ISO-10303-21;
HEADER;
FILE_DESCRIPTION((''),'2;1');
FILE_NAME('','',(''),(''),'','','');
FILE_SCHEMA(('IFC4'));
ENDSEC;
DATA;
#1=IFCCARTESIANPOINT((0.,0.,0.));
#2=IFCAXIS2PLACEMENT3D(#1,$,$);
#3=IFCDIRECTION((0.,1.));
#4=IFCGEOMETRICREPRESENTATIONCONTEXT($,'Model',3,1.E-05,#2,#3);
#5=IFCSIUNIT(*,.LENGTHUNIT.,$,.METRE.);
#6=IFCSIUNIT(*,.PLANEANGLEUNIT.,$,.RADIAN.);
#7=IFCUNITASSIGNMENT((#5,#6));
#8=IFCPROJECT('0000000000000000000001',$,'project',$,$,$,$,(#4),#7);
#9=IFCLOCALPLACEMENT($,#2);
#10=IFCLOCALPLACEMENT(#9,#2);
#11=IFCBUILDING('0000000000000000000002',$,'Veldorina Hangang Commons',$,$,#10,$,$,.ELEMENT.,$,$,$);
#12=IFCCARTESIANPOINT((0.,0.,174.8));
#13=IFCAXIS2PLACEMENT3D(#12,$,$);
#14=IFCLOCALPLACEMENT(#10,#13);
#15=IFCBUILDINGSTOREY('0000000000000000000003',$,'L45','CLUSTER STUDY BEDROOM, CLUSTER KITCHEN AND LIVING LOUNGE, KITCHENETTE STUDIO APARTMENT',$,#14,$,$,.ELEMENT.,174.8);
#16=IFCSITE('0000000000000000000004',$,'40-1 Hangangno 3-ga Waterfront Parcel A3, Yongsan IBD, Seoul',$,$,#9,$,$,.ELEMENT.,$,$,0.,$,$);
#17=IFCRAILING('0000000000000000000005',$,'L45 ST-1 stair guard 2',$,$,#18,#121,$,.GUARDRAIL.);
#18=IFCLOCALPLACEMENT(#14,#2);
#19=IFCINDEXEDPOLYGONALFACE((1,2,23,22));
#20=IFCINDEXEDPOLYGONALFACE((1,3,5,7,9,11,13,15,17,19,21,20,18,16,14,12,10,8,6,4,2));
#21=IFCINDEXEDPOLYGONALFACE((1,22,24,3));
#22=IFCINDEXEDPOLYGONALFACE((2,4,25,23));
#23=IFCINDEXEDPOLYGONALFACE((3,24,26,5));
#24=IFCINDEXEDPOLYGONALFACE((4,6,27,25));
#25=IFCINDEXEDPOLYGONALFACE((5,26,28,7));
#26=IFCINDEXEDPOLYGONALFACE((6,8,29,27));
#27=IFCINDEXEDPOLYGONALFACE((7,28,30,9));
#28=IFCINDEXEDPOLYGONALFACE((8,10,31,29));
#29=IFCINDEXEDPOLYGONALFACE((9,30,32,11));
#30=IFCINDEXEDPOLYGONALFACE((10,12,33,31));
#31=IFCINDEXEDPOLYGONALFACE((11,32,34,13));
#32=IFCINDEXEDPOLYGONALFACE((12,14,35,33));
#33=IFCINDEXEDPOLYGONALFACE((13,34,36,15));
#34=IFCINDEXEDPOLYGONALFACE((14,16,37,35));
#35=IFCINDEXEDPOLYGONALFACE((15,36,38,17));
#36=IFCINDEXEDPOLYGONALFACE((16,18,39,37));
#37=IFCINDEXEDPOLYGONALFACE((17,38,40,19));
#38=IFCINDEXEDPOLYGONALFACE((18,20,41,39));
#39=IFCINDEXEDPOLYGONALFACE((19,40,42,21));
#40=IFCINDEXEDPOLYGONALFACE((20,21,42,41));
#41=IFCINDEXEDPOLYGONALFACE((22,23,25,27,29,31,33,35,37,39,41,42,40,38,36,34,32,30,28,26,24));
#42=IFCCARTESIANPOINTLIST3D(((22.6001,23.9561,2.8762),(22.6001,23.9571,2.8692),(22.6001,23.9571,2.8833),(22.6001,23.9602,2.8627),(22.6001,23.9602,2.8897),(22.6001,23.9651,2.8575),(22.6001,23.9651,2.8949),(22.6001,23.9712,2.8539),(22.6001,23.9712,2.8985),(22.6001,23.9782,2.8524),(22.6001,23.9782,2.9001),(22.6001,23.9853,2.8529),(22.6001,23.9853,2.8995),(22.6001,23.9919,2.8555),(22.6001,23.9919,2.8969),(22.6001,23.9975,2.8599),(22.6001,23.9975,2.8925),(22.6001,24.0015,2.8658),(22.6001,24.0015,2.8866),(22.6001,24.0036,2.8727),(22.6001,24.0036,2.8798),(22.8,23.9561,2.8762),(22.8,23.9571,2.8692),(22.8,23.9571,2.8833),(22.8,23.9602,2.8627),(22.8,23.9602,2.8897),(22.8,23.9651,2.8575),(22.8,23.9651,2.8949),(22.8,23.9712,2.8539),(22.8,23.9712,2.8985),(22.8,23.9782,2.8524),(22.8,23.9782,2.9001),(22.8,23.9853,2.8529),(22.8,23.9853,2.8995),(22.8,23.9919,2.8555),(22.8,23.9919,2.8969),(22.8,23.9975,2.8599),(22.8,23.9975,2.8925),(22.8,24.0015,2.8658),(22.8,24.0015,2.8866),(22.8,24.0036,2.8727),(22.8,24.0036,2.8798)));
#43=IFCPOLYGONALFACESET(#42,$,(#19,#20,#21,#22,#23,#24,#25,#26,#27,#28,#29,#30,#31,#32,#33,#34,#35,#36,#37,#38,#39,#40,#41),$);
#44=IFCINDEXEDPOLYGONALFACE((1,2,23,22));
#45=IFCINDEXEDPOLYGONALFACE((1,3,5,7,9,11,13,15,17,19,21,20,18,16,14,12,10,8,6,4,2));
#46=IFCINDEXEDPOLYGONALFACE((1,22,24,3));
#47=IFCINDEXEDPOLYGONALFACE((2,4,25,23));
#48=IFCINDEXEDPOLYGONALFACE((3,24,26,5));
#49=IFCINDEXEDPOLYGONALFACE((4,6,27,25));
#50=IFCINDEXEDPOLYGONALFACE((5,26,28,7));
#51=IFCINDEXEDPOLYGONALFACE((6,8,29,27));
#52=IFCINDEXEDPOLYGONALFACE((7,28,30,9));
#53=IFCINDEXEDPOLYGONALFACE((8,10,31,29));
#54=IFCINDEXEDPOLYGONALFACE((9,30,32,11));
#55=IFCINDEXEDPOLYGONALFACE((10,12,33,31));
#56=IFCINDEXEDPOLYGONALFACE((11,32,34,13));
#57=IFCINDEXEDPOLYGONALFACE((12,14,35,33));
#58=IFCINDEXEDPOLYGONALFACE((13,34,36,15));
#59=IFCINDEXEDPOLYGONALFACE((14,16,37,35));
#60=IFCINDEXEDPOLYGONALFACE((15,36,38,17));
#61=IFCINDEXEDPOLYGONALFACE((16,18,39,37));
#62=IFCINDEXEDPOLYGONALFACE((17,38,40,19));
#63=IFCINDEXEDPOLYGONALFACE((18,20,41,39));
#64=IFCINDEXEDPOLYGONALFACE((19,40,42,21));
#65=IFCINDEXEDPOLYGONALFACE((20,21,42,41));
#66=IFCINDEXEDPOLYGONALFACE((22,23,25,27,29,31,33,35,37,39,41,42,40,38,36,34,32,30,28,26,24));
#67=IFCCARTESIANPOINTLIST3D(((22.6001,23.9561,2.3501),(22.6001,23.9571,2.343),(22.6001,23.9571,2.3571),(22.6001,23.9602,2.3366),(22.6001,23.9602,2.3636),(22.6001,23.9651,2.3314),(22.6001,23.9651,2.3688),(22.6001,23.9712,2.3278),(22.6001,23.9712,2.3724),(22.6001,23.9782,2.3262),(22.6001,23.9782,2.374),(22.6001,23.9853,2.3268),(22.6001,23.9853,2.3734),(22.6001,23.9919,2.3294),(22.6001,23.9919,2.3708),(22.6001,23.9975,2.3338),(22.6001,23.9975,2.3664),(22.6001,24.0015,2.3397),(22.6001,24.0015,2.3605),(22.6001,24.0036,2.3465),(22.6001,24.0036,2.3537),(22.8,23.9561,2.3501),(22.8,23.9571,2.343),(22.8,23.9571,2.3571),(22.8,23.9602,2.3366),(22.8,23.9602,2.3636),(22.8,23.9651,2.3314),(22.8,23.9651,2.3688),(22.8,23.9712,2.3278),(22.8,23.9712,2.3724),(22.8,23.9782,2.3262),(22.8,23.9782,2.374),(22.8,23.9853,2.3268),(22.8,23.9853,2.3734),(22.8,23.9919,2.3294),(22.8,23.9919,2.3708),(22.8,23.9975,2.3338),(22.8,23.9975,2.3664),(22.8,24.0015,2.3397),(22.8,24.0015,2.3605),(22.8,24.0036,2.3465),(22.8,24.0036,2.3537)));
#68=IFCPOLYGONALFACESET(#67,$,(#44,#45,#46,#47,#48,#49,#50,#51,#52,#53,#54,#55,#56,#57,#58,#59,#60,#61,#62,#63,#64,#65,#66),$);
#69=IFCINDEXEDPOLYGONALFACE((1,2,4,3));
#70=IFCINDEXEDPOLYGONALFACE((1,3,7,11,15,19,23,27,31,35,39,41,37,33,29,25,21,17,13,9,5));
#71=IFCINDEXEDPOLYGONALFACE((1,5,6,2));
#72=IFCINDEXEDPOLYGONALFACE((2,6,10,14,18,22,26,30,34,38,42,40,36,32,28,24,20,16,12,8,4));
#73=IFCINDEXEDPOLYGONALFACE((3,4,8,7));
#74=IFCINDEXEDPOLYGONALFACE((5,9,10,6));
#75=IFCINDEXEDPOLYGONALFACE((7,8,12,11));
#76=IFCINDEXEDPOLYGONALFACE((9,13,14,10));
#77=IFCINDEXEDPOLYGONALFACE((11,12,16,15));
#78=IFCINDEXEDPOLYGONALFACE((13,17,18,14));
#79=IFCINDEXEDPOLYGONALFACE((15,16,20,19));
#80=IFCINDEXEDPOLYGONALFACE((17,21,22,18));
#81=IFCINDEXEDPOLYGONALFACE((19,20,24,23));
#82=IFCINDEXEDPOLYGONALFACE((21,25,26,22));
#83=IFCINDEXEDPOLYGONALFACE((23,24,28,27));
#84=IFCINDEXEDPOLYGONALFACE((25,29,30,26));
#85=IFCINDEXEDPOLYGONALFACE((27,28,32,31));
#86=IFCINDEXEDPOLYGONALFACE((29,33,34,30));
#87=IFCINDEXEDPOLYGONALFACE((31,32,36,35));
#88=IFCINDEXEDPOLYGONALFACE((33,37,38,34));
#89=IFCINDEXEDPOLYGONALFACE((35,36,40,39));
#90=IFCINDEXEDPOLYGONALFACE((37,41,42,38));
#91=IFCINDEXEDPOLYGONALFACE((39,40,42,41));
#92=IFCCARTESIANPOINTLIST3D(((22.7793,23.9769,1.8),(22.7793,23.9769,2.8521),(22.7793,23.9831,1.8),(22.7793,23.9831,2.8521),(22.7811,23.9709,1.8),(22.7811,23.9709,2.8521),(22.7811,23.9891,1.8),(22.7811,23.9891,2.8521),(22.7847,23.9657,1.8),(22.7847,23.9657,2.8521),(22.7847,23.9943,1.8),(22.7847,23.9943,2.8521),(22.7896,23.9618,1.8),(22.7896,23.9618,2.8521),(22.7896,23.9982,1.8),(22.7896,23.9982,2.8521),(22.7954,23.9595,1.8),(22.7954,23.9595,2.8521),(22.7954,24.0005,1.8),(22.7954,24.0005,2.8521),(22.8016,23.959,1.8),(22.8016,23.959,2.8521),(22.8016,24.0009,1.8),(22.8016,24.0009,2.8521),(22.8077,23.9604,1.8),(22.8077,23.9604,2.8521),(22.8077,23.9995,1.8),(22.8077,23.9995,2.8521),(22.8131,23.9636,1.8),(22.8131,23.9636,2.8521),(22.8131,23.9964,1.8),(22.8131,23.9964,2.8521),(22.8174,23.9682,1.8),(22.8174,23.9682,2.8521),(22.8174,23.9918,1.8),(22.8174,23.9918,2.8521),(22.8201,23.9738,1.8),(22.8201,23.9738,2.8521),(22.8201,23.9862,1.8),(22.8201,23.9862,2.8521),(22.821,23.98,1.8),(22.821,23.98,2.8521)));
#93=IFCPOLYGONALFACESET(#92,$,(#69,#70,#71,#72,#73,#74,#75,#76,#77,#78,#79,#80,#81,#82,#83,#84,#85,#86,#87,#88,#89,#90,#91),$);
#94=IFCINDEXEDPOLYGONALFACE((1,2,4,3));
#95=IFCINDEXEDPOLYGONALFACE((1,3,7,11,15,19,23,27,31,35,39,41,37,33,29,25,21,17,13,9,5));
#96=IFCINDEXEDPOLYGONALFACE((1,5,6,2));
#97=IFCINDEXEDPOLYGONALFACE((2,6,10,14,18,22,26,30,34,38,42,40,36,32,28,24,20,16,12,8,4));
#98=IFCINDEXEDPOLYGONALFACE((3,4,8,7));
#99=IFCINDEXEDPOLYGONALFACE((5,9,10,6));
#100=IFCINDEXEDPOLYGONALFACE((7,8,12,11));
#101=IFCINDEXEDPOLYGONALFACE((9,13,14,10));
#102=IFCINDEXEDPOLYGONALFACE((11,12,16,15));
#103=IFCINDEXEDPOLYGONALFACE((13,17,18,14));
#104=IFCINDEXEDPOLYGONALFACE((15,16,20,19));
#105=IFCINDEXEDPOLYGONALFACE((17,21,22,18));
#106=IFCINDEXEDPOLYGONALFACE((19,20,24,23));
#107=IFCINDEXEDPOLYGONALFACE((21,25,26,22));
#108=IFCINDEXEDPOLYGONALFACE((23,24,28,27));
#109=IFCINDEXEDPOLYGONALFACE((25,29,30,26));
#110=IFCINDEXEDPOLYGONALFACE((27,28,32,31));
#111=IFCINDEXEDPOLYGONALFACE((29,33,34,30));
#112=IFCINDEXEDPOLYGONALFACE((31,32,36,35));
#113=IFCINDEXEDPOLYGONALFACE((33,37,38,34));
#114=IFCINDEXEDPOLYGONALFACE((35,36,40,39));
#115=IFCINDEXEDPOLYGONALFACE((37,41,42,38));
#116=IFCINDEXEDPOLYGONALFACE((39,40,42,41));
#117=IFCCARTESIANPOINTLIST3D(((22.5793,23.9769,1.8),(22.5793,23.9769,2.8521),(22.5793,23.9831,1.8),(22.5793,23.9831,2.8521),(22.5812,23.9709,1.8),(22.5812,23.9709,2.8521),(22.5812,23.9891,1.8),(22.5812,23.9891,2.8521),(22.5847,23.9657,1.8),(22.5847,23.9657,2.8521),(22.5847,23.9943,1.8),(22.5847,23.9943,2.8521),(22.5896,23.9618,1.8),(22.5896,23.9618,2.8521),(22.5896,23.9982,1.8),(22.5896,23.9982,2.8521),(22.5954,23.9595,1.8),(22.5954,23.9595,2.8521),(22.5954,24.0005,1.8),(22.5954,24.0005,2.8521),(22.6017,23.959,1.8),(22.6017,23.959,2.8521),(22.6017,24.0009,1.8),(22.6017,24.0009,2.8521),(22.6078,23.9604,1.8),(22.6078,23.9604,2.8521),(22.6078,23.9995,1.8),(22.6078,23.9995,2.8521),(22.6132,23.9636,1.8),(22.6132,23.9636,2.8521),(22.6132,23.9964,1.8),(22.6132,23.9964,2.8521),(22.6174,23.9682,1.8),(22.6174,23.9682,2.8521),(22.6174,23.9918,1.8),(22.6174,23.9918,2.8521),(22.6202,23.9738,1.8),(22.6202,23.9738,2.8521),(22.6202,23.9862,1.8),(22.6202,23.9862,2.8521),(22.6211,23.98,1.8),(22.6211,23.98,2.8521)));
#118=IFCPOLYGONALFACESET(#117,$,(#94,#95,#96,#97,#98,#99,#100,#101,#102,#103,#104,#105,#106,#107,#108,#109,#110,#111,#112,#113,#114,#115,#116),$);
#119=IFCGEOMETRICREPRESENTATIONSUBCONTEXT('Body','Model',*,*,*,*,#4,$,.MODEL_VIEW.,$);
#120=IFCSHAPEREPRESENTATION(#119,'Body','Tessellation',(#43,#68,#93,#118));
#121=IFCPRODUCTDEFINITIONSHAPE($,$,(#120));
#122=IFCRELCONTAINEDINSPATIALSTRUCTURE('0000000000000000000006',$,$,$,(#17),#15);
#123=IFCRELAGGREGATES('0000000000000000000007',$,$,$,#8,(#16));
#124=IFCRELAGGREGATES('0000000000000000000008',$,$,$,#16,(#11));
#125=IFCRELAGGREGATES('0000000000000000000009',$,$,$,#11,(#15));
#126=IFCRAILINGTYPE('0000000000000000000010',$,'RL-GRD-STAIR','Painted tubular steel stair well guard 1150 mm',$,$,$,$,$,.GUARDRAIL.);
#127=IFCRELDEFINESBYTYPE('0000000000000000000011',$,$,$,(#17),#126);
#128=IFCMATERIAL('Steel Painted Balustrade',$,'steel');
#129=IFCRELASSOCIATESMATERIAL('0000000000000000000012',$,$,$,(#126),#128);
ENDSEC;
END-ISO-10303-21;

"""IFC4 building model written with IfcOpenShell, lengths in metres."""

from ifc_helpers import new_model, si_unit, direction, frame, origin, origin_2d, place, context, subcontext, project, spatial, circle, extrude, material, type_object, element, save


model = new_model("IFC4")

# Units and contexts
model_context = context("Model", 3, precision=1e-05, world=origin(), true_north=direction((0.0, 1.0)))
body_context = subcontext(model_context, "Body", "Model", "MODEL_VIEW")
ifc_project = project(units=[si_unit("LENGTHUNIT", "METRE"), si_unit("PLANEANGLEUNIT", "RADIAN")], contexts=[model_context])

# Site, building, storey
site_placement = place(None, origin())
site = spatial("IfcSite", under=ifc_project, at=site_placement, Name="40-1 Hangangno 3-ga Waterfront Parcel A3, Yongsan IBD, Seoul", CompositionType="ELEMENT", RefElevation=0.0)
building_placement = place(site_placement, origin())
building = spatial("IfcBuilding", under=site, at=building_placement, Name="Veldorina Hangang Commons", CompositionType="ELEMENT")
storey_placement = place(building_placement, frame((0.0, 0.0, 174.8)))
storey = spatial("IfcBuildingStorey", under=building, at=storey_placement, Name="L45", Description="CLUSTER STUDY BEDROOM, CLUSTER KITCHEN AND LIVING LOUNGE, KITCHENETTE STUDIO APARTMENT", CompositionType="ELEMENT", Elevation=174.8)

# Railing
ifc_material_1 = material(Name="Steel Painted Balustrade", Category="steel")
railing_type = type_object("IfcRailingType", Name="RL-GRD-STAIR", Description="Painted tubular steel stair well guard 1150 mm", PredefinedType="GUARDRAIL", material=ifc_material_1)
railing_placement = place(storey_placement, frame((22.8, 23.98, 1.8)))
element("IfcRailing", 1, at=railing_placement, inside=storey, type_object=railing_type, Name="L45 ST-1 stair guard 2", PredefinedType="GUARDRAIL", context=body_context, shape_type="SweptSolid", body=[
    extrude(circle(Radius=0.0239, at=origin_2d()), frame((0.0, 0.0, 1.0762), z_axis=(-1.0, 0.0, 0.0), x_axis=(0.0, -1.0, 0.0)), (0.0, 0.0, 1.0), 0.2),
    extrude(circle(Radius=0.0239, at=origin_2d()), frame((0.0, 0.0, 0.55), z_axis=(-1.0, 0.0, 0.0), x_axis=(0.0, -1.0, 0.0)), (0.0, 0.0, 1.0), 0.2),
    extrude(circle(Radius=0.021, at=origin_2d()), origin(), (0.0, 0.0, 1.0), 1.052),
    extrude(circle(Radius=0.021, at=origin_2d()), frame((-0.2, 0.0, 0.0)), (0.0, 0.0, 1.0), 1.052),
])

save(model, "model.ifc")
